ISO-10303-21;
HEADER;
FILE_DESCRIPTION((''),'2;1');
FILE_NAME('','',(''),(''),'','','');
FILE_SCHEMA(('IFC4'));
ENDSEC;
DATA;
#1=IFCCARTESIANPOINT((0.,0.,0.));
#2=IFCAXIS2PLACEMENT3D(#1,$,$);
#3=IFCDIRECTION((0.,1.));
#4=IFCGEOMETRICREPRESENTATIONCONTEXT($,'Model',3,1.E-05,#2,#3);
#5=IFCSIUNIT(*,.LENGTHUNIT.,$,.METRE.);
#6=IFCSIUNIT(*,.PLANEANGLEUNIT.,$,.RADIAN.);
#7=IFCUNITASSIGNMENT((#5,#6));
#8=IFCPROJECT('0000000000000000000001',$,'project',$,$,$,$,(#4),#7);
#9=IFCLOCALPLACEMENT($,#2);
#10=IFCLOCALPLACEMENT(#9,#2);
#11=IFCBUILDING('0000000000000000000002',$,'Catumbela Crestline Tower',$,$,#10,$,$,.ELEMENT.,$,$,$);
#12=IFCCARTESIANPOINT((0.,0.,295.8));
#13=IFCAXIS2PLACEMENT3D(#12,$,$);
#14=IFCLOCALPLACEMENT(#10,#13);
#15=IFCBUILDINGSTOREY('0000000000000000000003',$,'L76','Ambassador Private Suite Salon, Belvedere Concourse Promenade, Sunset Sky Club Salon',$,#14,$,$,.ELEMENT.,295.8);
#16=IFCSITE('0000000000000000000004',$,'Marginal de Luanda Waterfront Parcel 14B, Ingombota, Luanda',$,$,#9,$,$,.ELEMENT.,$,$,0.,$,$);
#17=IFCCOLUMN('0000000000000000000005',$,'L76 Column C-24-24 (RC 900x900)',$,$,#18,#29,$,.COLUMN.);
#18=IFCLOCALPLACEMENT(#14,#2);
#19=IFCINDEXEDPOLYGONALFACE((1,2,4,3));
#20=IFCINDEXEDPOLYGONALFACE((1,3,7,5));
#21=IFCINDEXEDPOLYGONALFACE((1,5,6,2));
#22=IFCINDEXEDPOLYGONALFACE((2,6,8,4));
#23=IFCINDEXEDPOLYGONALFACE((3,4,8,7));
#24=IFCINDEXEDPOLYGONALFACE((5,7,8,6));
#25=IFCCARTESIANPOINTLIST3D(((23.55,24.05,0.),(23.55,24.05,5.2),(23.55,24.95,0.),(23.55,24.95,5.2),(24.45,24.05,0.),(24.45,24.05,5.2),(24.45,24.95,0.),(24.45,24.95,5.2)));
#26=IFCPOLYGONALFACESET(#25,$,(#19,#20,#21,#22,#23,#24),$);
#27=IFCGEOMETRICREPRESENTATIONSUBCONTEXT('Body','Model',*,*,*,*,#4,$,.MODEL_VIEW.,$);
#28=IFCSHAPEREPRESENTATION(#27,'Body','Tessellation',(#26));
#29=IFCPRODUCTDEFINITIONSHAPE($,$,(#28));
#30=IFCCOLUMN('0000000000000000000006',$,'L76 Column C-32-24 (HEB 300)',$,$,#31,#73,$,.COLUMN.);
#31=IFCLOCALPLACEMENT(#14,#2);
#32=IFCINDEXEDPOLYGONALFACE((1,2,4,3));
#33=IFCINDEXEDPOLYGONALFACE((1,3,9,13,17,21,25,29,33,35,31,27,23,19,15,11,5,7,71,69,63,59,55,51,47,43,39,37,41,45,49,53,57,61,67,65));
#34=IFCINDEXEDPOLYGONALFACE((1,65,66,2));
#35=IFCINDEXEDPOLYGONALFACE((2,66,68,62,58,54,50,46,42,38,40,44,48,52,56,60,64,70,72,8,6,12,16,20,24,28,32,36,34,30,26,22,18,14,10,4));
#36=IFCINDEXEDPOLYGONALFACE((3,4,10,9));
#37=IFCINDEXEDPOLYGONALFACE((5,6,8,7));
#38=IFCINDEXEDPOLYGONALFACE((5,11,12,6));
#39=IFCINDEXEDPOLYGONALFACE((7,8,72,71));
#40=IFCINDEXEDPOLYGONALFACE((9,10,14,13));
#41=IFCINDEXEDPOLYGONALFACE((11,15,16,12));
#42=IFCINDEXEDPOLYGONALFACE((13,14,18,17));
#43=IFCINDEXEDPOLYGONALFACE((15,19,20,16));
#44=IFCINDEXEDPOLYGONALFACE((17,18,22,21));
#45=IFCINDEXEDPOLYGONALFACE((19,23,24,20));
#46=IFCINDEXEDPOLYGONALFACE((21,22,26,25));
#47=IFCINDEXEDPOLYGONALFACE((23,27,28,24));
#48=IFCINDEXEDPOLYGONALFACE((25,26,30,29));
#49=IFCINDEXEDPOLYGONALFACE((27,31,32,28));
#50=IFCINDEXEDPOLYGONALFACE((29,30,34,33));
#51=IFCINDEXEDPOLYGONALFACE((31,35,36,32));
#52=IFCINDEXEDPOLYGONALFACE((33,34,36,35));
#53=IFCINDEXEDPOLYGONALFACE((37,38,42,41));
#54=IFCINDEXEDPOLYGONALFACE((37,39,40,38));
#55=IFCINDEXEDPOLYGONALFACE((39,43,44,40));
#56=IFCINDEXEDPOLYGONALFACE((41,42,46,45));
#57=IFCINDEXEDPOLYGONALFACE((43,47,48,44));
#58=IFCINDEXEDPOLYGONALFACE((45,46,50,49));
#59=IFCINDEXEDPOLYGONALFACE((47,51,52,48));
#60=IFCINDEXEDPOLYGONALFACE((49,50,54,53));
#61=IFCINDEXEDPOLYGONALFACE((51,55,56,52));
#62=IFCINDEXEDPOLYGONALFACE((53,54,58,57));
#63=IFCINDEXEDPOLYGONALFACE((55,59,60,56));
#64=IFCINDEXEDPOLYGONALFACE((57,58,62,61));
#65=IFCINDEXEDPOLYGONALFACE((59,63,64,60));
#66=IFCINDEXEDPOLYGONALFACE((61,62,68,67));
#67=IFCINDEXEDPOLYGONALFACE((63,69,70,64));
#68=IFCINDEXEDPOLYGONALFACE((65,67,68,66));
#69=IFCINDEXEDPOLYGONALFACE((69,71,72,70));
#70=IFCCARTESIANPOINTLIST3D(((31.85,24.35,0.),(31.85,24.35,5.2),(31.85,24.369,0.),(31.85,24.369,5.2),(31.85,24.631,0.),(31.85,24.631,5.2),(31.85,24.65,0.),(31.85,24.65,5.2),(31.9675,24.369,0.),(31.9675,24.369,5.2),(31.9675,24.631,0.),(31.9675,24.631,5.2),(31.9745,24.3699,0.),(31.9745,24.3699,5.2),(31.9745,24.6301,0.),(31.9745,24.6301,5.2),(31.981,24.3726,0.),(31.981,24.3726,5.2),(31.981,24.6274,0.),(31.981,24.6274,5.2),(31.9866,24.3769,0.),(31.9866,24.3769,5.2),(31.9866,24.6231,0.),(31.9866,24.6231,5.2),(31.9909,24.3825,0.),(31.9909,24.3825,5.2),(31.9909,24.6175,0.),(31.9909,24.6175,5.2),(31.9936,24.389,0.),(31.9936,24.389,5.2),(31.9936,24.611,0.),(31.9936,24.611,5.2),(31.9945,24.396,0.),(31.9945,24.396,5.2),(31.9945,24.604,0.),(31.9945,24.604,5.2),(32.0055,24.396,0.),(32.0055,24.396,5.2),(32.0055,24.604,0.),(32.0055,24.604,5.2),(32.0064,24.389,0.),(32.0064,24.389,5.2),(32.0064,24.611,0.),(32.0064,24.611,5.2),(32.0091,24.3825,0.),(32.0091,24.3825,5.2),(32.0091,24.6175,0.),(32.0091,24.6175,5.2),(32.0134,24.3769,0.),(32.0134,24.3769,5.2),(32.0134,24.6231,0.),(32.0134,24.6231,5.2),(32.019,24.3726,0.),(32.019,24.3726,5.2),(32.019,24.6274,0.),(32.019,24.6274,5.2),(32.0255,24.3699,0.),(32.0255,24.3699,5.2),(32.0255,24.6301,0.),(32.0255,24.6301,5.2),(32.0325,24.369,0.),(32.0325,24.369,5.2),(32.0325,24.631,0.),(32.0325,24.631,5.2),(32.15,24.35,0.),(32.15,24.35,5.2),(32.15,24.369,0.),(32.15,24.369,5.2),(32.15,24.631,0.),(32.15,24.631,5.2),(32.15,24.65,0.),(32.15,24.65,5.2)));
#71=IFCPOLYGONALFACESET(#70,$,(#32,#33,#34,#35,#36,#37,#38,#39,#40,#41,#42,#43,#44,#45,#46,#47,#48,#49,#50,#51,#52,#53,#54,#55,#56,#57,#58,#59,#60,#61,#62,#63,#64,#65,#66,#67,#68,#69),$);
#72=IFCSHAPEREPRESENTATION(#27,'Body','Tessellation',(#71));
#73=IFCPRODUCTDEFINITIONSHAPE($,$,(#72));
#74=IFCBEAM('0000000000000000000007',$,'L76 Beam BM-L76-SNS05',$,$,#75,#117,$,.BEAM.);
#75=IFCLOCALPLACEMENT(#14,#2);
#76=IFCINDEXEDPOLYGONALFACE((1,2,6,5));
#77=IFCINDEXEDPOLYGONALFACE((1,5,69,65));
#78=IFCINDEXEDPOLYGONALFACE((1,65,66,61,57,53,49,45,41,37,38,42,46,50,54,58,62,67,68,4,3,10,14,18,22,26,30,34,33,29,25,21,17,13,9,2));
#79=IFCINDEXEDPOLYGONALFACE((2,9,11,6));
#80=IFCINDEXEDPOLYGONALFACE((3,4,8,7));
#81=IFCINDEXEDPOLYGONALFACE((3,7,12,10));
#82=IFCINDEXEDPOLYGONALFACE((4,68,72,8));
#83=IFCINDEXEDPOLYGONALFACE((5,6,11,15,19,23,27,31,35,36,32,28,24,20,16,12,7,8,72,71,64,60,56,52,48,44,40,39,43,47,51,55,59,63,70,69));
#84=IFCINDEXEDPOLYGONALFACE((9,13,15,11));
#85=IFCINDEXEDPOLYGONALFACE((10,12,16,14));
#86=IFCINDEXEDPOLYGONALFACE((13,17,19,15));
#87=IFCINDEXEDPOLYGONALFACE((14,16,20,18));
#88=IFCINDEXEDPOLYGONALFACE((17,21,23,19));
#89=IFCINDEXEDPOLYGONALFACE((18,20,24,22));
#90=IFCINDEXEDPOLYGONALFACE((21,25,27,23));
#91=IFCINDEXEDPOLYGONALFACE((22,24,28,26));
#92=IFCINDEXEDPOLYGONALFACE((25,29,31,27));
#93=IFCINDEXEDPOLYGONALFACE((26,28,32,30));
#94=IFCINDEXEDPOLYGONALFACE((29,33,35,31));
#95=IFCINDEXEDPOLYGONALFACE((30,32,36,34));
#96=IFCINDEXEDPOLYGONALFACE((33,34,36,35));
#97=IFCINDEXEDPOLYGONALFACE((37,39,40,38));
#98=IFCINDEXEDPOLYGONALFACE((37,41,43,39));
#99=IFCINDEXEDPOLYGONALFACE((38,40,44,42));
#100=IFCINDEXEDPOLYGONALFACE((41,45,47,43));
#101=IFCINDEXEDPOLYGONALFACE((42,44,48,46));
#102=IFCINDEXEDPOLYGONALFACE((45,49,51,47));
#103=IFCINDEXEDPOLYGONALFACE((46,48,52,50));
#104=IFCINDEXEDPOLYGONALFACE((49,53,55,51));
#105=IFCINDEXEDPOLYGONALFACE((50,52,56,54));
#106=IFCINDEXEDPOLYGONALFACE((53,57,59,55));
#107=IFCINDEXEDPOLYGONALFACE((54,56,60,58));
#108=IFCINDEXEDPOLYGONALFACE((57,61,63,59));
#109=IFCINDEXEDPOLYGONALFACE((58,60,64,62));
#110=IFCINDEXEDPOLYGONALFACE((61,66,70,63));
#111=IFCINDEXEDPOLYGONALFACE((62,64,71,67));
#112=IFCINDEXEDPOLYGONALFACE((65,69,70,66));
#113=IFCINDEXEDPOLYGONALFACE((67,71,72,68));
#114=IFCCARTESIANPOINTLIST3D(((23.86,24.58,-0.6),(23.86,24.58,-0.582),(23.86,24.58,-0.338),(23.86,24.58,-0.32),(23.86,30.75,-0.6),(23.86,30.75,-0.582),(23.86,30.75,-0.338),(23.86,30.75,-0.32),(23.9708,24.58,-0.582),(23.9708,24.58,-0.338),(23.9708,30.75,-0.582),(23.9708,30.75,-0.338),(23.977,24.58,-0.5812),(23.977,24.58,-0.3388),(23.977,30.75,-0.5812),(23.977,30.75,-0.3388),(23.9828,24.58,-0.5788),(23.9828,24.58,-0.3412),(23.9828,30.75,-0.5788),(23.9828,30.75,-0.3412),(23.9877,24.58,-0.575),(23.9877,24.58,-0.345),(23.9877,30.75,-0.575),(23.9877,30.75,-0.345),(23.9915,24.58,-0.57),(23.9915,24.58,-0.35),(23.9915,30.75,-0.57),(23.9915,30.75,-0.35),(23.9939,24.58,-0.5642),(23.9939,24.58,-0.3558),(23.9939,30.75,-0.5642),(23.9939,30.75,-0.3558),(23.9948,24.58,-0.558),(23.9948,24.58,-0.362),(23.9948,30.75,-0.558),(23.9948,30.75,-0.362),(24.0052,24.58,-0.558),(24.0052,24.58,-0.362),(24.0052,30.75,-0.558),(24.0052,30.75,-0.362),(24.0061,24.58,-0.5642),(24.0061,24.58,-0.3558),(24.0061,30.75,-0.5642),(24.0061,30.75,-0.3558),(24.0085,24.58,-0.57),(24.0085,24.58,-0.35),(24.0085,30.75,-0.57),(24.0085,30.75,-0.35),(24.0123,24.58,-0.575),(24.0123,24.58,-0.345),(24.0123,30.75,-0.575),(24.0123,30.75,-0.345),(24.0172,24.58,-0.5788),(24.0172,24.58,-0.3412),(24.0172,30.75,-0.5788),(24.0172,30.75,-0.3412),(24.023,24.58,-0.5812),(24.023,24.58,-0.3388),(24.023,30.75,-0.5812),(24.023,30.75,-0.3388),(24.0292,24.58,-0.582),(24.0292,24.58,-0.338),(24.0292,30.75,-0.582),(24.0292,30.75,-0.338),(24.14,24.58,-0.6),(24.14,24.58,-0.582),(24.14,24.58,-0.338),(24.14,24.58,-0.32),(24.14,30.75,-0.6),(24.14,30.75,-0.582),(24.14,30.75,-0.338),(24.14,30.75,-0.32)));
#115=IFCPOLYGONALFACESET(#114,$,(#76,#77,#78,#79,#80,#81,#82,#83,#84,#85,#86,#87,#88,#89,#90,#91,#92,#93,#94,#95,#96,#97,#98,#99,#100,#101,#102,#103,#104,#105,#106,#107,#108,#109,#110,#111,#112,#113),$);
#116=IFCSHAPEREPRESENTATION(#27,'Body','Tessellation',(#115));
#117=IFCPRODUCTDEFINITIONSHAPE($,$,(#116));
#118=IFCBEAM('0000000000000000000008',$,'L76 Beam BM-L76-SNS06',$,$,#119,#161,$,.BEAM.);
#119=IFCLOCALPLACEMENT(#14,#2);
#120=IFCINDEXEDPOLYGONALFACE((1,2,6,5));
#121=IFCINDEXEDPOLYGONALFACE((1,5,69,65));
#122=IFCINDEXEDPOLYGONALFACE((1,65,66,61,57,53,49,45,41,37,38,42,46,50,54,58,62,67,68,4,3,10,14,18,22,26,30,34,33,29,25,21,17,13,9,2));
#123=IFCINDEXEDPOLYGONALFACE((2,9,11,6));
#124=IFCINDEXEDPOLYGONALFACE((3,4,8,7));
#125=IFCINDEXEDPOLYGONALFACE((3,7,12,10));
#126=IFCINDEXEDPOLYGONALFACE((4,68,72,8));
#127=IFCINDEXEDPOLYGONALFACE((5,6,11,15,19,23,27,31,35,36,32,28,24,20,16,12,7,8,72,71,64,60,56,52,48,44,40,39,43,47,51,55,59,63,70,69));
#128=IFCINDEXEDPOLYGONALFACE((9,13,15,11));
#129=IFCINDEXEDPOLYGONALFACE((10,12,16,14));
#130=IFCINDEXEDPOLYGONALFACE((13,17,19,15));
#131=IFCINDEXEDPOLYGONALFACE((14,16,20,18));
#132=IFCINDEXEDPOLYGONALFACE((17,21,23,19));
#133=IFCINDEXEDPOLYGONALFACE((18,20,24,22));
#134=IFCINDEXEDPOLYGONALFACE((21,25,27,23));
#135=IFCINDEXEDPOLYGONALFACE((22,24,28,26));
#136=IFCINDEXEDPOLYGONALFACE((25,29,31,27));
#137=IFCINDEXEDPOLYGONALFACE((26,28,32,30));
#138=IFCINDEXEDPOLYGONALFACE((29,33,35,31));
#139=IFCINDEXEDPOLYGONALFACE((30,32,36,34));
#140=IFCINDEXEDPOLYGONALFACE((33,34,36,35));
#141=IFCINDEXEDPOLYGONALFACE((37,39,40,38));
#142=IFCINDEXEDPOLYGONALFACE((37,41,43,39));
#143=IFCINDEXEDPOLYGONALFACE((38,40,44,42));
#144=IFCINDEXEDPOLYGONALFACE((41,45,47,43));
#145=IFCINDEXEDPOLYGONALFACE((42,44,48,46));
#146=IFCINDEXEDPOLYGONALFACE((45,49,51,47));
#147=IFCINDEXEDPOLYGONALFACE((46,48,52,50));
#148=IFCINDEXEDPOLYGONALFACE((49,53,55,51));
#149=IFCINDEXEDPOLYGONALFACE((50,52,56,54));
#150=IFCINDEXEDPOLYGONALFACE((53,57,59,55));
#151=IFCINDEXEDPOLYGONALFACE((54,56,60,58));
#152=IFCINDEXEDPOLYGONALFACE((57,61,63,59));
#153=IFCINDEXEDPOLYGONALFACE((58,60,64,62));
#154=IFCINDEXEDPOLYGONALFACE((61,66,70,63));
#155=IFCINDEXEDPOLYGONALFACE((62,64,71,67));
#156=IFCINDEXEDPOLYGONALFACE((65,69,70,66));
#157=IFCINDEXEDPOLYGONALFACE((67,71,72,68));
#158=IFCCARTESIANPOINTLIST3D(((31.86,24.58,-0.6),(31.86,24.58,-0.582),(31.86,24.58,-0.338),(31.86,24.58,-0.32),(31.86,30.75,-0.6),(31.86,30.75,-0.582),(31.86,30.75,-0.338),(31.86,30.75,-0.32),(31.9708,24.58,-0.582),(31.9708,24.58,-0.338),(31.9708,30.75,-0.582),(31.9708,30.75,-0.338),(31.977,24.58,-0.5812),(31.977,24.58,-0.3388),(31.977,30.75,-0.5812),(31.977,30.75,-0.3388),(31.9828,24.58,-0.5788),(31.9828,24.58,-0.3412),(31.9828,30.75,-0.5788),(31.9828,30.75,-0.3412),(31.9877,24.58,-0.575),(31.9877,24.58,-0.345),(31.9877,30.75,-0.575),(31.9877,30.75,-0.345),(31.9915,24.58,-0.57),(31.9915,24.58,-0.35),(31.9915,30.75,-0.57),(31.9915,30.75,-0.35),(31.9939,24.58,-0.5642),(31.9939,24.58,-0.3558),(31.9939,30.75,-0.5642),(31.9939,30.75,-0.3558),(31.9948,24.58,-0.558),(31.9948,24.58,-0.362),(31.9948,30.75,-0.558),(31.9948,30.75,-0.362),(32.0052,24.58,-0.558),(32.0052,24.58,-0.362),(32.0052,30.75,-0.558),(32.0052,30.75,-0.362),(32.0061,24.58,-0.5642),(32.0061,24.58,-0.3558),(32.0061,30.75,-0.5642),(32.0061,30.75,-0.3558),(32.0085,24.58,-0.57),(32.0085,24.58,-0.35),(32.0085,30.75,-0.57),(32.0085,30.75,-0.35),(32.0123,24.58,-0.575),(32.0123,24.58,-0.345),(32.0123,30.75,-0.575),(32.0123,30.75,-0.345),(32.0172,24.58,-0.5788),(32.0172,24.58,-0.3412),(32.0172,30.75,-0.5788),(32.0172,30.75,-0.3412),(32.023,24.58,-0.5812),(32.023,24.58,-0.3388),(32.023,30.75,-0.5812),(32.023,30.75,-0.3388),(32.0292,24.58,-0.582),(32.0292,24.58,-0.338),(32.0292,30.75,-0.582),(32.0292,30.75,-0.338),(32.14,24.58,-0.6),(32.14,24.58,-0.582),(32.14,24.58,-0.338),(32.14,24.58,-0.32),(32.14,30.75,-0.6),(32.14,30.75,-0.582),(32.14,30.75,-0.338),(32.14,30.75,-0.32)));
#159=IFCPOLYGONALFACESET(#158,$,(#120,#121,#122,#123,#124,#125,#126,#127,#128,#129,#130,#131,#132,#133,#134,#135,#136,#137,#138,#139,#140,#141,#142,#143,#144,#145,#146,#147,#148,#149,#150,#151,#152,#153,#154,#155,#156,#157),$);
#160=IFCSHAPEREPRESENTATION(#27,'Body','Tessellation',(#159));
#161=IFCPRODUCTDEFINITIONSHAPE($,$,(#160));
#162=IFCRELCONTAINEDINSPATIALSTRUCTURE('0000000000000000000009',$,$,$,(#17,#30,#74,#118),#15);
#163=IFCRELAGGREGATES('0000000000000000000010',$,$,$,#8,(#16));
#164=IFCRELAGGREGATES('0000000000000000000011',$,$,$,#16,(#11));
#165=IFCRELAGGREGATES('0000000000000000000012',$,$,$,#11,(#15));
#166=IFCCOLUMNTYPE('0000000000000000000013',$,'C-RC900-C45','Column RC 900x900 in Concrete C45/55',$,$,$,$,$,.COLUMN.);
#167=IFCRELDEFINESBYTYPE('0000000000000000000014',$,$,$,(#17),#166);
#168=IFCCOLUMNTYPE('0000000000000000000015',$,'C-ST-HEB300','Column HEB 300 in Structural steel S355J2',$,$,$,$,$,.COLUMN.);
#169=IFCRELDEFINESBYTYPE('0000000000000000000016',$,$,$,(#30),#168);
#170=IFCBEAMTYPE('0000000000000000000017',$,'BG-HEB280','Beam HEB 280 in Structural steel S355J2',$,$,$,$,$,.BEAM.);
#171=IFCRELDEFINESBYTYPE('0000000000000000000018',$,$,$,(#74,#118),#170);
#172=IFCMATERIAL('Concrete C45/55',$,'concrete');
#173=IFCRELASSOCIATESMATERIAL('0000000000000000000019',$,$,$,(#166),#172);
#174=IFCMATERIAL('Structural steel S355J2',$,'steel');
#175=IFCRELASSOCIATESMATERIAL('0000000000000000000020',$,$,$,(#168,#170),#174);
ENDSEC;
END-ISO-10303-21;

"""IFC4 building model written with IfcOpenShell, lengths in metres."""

from ifc_helpers import new_model, si_unit, direction, frame, origin, origin_2d, place, context, subcontext, project, spatial, rectangle, i_section, extrude, material, material_profile, profile_set, type_object, element, save


model = new_model("IFC4")

# Units and contexts
model_context = context("Model", 3, precision=1e-05, world=origin(), true_north=direction((0.0, 1.0)))
body_context = subcontext(model_context, "Body", "Model", "MODEL_VIEW")
ifc_project = project(units=[si_unit("LENGTHUNIT", "METRE"), si_unit("PLANEANGLEUNIT", "RADIAN")], contexts=[model_context])

# Site, building, storey
site_placement = place(None, origin())
site = spatial("IfcSite", under=ifc_project, at=site_placement, Name="Marginal de Luanda Waterfront Parcel 14B, Ingombota, Luanda", CompositionType="ELEMENT", RefElevation=0.0)
building_placement = place(site_placement, origin())
building = spatial("IfcBuilding", under=site, at=building_placement, Name="Catumbela Crestline Tower", CompositionType="ELEMENT")
storey_placement = place(building_placement, frame((0.0, 0.0, 295.8)))
storey = spatial("IfcBuildingStorey", under=building, at=storey_placement, Name="L76", Description="Ambassador Private Suite Salon, Belvedere Concourse Promenade, Sunset Sky Club Salon", CompositionType="ELEMENT", Elevation=295.8)

# Columns
ifc_material_1 = material(Name="Concrete C45/55", Category="concrete")
ifc_material_profile_1 = material_profile(ifc_material_1, rectangle(XDim=0.9, YDim=0.9, at=origin_2d()), Name="RC 900x900")
ifc_profile_set_1 = profile_set([ifc_material_profile_1], Name="Concrete C45/55")
column_type_1 = type_object("IfcColumnType", Name="C-RC900-C45", Description="Column RC 900x900 in Concrete C45/55", PredefinedType="COLUMN", material=ifc_profile_set_1)
column_1_placement = place(storey_placement, frame((24.0, 24.5, 0.0), z_axis=(0.0, 0.0, 1.0), x_axis=(1.0, 0.0, 0.0)))
element("IfcColumn", 1, at=column_1_placement, inside=storey, type_object=column_type_1, Name="L76 Column C-24-24 (RC 900x900)", PredefinedType="COLUMN", context=body_context, shape_type="SweptSolid", body=[
    extrude(rectangle(XDim=0.9, YDim=0.9, at=origin_2d()), origin(), (0.0, 0.0, 1.0), 5.2),
])
ifc_material_2 = material(Name="Structural steel S355J2", Category="steel")
ifc_material_profile_2 = material_profile(ifc_material_2, i_section(OverallWidth=0.3, OverallDepth=0.3, WebThickness=0.011, FlangeThickness=0.019, FilletRadius=0.027, at=origin_2d()), Name="HEB 300")
ifc_profile_set_2 = profile_set([ifc_material_profile_2], Name="Structural steel S355J2")
column_type_2 = type_object("IfcColumnType", Name="C-ST-HEB300", Description="Column HEB 300 in Structural steel S355J2", PredefinedType="COLUMN", material=ifc_profile_set_2)
column_2_placement = place(storey_placement, frame((32.0, 24.5, 0.0), z_axis=(0.0, 0.0, 1.0), x_axis=(1.0, 0.0, 0.0)))
element("IfcColumn", 2, at=column_2_placement, inside=storey, type_object=column_type_2, Name="L76 Column C-32-24 (HEB 300)", PredefinedType="COLUMN", context=body_context, shape_type="SweptSolid", body=[
    extrude(i_section(OverallWidth=0.3, OverallDepth=0.3, WebThickness=0.011, FlangeThickness=0.019, FilletRadius=0.027, at=origin_2d()), origin(), (0.0, 0.0, 1.0), 5.2),
])

# Beams
ifc_material_profile_3 = material_profile(ifc_material_2, i_section(OverallWidth=0.28, OverallDepth=0.28, WebThickness=0.0105, FlangeThickness=0.018, FilletRadius=0.024, at=origin_2d()), Name="HEB 280")
ifc_profile_set_3 = profile_set([ifc_material_profile_3], Name="Structural steel S355J2")
beam_type_1 = type_object("IfcBeamType", Name="BG-HEB280", Description="Beam HEB 280 in Structural steel S355J2", PredefinedType="BEAM", material=ifc_profile_set_3)
for number, where, z_axis, x_axis, name in (
    (3, (24.0, 24.58, -0.46), (0.0, 1.0, 0.0), (-1.0, 0.0, 0.0), "L76 Beam BM-L76-SNS05"),
    (4, (32.0, 24.58, -0.46), (0.0, 1.0, 0.0), (-1.0, 0.0, 0.0), "L76 Beam BM-L76-SNS06"),
):
    element("IfcBeam", number, at=place(storey_placement, frame(where, z_axis=z_axis, x_axis=x_axis)), inside=storey, type_object=beam_type_1, Name=name, PredefinedType="BEAM", context=body_context, shape_type="SweptSolid", body=[
        extrude(i_section(OverallWidth=0.28, OverallDepth=0.28, WebThickness=0.0105, FlangeThickness=0.018, FilletRadius=0.024, at=origin_2d()), origin(), (0.0, 0.0, 1.0), 6.17),
    ])

save(model, "model.ifc")
